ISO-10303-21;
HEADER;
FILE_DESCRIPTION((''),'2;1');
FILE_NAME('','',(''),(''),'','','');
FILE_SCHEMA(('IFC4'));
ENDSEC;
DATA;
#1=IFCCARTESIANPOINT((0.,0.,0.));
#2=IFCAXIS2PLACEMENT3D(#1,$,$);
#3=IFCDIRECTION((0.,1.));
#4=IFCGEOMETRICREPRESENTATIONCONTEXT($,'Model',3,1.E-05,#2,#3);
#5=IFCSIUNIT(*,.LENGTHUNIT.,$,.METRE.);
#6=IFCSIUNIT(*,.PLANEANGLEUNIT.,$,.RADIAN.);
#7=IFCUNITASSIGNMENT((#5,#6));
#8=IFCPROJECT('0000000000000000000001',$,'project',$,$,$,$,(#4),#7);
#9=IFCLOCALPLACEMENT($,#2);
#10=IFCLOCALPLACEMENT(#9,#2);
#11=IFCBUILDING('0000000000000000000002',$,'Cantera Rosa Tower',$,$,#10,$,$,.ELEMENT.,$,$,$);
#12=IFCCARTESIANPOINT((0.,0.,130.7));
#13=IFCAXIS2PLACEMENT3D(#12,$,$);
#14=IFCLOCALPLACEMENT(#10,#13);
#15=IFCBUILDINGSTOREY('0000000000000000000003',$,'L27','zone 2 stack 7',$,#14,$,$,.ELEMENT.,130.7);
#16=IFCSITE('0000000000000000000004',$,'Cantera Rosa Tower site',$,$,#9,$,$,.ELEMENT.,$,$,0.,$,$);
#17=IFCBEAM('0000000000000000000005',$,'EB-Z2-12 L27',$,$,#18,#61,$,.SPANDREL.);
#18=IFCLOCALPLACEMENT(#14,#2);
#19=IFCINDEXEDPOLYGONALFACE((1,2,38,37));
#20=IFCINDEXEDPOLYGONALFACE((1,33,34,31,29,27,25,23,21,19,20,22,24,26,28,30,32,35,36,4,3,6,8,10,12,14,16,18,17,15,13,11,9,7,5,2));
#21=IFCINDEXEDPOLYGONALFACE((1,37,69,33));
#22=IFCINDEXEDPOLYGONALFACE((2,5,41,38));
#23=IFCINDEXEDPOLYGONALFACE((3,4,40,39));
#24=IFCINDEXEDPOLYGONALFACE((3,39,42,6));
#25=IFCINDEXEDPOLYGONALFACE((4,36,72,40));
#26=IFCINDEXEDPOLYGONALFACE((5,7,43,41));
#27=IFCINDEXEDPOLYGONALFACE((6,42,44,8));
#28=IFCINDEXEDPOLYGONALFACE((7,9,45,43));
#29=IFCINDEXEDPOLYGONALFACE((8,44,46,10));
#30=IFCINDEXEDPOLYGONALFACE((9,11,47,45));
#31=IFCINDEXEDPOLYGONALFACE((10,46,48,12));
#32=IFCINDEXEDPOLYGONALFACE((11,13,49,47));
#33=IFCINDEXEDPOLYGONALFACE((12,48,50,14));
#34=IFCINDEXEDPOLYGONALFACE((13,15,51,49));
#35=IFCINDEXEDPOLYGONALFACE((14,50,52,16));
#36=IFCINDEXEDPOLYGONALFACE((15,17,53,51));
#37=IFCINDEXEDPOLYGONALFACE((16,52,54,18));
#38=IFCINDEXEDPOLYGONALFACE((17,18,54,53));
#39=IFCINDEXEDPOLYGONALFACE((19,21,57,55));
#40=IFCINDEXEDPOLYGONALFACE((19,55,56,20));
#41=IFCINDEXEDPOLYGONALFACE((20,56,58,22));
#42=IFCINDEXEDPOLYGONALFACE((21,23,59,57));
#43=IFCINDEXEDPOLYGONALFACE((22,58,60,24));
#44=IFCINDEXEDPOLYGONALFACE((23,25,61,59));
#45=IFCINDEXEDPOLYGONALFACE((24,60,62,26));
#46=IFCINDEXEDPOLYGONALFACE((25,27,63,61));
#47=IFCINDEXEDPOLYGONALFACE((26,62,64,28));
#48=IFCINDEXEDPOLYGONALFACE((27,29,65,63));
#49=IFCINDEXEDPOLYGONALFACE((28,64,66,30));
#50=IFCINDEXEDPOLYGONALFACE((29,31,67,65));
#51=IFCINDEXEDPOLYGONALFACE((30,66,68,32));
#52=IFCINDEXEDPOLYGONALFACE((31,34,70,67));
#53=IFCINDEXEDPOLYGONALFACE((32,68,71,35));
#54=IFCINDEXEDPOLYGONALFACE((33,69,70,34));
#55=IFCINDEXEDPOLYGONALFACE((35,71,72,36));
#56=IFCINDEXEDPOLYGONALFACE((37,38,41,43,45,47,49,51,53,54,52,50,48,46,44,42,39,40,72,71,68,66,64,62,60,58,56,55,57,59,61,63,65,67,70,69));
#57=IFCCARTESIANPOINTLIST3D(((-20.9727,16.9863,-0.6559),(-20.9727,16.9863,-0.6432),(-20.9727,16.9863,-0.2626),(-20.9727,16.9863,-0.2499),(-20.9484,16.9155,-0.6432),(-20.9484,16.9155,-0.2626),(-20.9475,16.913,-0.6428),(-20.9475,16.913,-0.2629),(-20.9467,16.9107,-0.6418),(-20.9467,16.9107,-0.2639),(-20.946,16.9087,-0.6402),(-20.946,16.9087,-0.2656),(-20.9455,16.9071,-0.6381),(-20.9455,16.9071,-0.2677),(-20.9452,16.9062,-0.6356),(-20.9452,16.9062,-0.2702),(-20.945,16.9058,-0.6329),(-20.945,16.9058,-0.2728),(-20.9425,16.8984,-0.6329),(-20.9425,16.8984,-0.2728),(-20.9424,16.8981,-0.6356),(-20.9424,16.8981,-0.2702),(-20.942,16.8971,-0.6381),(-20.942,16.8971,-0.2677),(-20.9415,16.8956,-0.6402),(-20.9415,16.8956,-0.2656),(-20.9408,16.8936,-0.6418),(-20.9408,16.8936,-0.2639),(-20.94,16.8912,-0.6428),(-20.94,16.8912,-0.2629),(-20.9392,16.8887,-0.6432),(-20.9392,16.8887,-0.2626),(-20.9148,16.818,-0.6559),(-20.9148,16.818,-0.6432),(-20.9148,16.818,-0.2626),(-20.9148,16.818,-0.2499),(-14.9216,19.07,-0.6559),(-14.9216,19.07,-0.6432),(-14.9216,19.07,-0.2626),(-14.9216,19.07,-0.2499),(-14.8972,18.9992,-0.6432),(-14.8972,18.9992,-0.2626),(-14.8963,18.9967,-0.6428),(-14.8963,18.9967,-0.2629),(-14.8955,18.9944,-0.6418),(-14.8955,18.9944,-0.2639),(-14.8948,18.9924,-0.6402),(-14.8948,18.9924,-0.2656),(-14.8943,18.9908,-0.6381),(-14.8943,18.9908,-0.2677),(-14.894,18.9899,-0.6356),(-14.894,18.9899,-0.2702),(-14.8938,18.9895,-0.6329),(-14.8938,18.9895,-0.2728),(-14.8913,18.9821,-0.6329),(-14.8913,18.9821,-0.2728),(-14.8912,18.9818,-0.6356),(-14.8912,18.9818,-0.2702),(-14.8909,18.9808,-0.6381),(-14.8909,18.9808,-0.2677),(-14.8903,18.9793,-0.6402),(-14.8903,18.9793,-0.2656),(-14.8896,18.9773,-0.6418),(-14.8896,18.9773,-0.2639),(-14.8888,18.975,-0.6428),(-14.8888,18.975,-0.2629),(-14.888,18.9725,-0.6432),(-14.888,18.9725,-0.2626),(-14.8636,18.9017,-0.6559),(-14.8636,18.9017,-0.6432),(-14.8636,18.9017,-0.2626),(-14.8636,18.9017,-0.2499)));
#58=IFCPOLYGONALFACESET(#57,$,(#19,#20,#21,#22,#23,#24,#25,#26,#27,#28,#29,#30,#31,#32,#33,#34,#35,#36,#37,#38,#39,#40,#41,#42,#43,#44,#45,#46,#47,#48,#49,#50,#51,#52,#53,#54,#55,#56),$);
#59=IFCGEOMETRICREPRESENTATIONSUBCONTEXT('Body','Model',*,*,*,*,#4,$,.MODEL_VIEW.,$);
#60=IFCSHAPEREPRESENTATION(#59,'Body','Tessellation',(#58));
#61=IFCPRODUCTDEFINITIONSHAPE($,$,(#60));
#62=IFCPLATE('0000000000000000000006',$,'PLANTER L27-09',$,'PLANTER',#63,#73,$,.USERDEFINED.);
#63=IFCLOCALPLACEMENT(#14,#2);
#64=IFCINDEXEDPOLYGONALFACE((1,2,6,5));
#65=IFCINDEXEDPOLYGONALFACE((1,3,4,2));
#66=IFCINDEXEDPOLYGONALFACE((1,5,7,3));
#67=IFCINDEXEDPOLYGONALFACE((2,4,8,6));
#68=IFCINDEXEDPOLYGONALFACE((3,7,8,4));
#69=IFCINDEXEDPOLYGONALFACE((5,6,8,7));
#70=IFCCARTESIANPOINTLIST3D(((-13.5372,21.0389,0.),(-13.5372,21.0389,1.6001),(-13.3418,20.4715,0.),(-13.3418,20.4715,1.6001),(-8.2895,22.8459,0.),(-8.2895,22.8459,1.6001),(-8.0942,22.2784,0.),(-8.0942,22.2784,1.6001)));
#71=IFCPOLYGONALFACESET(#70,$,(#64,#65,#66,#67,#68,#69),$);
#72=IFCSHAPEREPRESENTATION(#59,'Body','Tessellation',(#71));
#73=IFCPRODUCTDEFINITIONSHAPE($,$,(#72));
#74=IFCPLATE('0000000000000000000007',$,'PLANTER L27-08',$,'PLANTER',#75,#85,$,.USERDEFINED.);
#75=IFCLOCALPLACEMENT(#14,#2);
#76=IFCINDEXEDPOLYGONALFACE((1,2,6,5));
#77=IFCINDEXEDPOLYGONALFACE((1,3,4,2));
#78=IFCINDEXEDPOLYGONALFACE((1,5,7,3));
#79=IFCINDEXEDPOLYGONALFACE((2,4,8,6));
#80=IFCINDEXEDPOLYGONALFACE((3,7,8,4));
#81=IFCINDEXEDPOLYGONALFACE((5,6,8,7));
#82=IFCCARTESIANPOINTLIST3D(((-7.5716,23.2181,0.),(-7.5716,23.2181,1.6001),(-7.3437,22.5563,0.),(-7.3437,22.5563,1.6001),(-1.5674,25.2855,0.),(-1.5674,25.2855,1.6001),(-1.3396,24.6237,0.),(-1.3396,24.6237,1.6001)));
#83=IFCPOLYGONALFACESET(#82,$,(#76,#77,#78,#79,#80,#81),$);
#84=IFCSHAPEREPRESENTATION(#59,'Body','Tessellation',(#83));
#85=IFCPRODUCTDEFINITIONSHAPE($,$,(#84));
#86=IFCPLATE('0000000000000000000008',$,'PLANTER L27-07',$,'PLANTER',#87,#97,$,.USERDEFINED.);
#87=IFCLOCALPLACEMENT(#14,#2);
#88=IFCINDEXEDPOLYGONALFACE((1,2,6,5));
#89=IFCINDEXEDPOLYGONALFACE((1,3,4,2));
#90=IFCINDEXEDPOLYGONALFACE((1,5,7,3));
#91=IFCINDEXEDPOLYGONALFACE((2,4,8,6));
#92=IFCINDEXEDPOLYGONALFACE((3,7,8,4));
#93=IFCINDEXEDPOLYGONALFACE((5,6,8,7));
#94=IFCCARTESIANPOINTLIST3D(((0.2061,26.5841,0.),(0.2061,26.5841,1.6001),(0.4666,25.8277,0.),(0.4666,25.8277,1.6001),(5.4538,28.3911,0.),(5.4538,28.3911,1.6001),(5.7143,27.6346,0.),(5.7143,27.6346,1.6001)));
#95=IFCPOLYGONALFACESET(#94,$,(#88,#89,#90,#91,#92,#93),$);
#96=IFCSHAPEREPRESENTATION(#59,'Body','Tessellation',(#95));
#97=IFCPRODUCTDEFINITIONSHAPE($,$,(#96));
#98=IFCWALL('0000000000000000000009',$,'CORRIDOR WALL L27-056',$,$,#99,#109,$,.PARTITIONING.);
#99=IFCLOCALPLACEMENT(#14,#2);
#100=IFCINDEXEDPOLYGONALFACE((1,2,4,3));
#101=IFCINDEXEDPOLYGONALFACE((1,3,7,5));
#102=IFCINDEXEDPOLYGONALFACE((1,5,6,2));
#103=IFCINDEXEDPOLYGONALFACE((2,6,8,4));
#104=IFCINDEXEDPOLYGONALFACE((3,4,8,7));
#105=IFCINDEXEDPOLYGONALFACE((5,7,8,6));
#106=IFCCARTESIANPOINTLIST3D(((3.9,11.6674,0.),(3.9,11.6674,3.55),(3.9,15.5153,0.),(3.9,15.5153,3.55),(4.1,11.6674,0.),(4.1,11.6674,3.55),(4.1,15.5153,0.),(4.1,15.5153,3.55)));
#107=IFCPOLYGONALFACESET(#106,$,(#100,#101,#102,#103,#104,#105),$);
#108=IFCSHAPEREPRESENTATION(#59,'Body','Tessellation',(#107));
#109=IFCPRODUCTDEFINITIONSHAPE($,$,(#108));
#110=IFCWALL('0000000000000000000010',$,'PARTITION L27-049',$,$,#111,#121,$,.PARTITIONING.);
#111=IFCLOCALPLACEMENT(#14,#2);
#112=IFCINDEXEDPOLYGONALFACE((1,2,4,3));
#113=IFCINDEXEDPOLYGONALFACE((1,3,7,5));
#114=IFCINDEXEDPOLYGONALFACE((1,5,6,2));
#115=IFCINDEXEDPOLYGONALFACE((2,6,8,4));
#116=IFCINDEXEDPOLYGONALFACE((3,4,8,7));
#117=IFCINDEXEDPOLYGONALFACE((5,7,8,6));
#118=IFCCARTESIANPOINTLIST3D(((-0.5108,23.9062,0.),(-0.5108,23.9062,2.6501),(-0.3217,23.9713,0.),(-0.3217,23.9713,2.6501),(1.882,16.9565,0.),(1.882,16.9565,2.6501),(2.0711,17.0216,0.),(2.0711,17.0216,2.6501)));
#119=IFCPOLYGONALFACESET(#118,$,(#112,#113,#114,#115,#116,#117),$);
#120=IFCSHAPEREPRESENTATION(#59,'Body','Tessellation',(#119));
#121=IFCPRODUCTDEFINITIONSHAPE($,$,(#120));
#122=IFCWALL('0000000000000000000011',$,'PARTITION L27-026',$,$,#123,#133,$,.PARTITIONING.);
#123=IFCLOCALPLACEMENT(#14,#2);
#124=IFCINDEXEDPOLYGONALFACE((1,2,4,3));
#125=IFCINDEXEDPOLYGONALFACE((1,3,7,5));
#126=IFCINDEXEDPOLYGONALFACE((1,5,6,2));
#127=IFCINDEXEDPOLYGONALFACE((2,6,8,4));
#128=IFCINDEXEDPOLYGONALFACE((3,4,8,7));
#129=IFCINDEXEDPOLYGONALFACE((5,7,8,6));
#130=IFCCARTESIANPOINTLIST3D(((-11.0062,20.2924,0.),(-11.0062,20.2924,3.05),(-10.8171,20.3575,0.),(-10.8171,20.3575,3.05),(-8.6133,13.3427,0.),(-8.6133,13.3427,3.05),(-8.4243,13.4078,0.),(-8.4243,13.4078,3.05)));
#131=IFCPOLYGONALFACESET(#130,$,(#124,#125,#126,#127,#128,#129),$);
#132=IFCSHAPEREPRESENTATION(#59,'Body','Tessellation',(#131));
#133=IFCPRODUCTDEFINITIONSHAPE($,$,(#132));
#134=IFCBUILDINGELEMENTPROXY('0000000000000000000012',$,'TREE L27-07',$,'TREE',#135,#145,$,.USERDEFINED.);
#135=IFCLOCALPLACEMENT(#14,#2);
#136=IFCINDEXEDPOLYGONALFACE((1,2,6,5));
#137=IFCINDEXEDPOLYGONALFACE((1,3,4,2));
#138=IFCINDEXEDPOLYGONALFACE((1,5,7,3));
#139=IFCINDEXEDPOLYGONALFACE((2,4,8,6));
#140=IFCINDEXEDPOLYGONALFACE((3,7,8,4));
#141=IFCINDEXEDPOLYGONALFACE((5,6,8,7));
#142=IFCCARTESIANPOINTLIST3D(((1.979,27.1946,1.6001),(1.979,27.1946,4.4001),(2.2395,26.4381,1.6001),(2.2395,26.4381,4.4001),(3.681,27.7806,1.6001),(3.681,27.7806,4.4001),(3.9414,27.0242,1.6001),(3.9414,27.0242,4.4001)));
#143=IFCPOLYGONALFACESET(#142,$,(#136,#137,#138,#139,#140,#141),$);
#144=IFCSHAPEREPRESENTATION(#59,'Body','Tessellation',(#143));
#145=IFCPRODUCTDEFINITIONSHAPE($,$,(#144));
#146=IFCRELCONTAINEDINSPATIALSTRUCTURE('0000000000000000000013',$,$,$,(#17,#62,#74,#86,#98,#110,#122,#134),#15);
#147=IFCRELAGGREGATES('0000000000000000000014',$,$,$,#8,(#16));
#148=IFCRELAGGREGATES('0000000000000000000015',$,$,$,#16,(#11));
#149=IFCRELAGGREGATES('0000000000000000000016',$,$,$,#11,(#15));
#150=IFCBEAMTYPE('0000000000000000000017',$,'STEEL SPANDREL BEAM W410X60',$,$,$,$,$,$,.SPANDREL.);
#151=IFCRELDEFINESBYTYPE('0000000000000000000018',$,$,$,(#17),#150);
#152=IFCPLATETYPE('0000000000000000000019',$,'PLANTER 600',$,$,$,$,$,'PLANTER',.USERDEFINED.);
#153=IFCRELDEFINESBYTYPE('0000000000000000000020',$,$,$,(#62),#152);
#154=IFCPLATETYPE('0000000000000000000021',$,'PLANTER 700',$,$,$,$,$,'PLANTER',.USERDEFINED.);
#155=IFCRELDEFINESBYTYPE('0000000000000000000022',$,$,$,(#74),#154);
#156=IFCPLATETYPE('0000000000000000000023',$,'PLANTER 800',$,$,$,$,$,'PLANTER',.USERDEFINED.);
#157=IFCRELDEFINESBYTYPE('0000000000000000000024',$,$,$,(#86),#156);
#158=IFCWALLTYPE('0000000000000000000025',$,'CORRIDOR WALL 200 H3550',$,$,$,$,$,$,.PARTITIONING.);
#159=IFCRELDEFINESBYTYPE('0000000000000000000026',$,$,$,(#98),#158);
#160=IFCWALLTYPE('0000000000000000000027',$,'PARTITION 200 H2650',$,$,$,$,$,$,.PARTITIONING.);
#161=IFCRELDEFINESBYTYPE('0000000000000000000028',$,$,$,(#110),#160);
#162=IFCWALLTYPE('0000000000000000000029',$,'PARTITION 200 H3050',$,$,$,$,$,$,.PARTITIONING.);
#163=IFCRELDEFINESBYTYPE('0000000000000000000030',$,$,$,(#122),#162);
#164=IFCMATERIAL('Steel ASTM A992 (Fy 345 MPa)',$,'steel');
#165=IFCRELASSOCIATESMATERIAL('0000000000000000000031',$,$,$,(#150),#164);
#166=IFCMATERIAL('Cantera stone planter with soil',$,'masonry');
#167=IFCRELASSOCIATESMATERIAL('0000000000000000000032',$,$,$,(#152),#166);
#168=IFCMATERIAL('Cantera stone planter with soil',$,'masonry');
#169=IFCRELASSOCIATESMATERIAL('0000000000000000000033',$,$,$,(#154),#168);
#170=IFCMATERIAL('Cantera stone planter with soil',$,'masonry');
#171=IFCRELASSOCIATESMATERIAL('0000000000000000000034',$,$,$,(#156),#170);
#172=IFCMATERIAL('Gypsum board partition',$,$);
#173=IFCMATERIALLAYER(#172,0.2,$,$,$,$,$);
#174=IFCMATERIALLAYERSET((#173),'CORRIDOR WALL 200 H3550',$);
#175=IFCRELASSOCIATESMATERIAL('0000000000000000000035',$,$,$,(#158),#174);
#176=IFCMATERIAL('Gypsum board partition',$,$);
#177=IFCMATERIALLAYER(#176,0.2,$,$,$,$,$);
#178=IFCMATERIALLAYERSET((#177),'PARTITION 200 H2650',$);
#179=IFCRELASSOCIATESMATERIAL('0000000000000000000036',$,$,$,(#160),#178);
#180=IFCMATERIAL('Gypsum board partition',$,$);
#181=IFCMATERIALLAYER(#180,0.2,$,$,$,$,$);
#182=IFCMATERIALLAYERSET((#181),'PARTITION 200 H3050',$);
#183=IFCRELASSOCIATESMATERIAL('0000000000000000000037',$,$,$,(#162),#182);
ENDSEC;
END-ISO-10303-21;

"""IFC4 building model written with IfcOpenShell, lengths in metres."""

from ifc_helpers import new_model, si_unit, direction, frame, frame_2d, origin, origin_2d, place, context, subcontext, project, spatial, rectangle, i_section, extrude, material, layer, layer_set, material_profile, profile_set, type_object, element, save


model = new_model("IFC4")

# Units and contexts
model_context = context("Model", 3, precision=1e-05, world=origin(), true_north=direction((0.0, 1.0)))
body_context = subcontext(model_context, "Body", "Model", "MODEL_VIEW")
ifc_project = project(units=[si_unit("LENGTHUNIT", "METRE"), si_unit("PLANEANGLEUNIT", "RADIAN")], contexts=[model_context])

# Site, building, storey
site_placement = place(None, origin())
site = spatial("IfcSite", under=ifc_project, at=site_placement, Name="Cantera Rosa Tower site", CompositionType="ELEMENT", RefElevation=0.0)
building_placement = place(site_placement, origin())
building = spatial("IfcBuilding", under=site, at=building_placement, Name="Cantera Rosa Tower", CompositionType="ELEMENT")
storey_placement = place(building_placement, frame((0.0, 0.0, 130.7)))
storey = spatial("IfcBuildingStorey", under=building, at=storey_placement, Name="L27", Description="zone 2 stack 7", CompositionType="ELEMENT", Elevation=130.7)

# Beam
ifc_material_1 = material(Name="Steel ASTM A992 (Fy 345 MPa)", Category="steel")
ifc_material_profile_1 = material_profile(ifc_material_1, i_section(OverallWidth=0.178, OverallDepth=0.406, WebThickness=0.0078, FlangeThickness=0.0127, FilletRadius=0.0103, at=origin_2d()), Name="W410X60")
ifc_profile_set_1 = profile_set([ifc_material_profile_1], Name="Steel ASTM A992 (Fy 345 MPa)")
beam_type_1 = type_object("IfcBeamType", Name="STEEL SPANDREL BEAM W410X60", PredefinedType="SPANDREL", material=ifc_profile_set_1)
for number, where, z_axis, x_axis, name in (
    (1, (-14.8926, 18.9858, -0.4529), (-0.945513, -0.325585, 0.0), (0.325585, -0.945513, 0.0), "EB-Z2-12 L27"),
):
    element("IfcBeam", number, at=place(storey_placement, frame(where, z_axis=z_axis, x_axis=x_axis)), inside=storey, type_object=beam_type_1, Name=name, PredefinedType="SPANDREL", context=body_context, shape_type="SweptSolid", body=[
        extrude(i_section(OverallWidth=0.178, OverallDepth=0.406, WebThickness=0.0078, FlangeThickness=0.0127, FilletRadius=0.0103, at=origin_2d()), origin(), (0.0, 0.0, 1.0), 6.3999),
    ])

# Plates
ifc_material_2 = material(Name="Cantera stone planter with soil", Category="masonry")
plate_type_1 = type_object("IfcPlateType", Name="PLANTER 600", ElementType="PLANTER", PredefinedType="USERDEFINED", material=ifc_material_2)
plate_1_placement = place(storey_placement, frame((-10.8157, 21.6587, 0.0), z_axis=(0.0, 0.0, 1.0), x_axis=(-0.945519, -0.325568, 0.0)))
element("IfcPlate", 2, at=plate_1_placement, inside=storey, type_object=plate_type_1, Name="PLANTER L27-09", ObjectType="PLANTER", PredefinedType="USERDEFINED", context=body_context, shape_type="SweptSolid", body=[
    extrude(rectangle(XDim=5.55, YDim=0.6001, at=origin_2d()), origin(), (0.0, 0.0, 1.0), 1.6001),
])
ifc_material_3 = material(Name="Cantera stone planter with soil", Category="masonry")
plate_type_2 = type_object("IfcPlateType", Name="PLANTER 700", ElementType="PLANTER", PredefinedType="USERDEFINED", material=ifc_material_3)
plate_2_placement = place(storey_placement, frame((-4.4556, 23.9209, 0.0), z_axis=(0.0, 0.0, 1.0), x_axis=(-0.945519, -0.325568, 0.0)))
element("IfcPlate", 3, at=plate_2_placement, inside=storey, type_object=plate_type_2, Name="PLANTER L27-08", ObjectType="PLANTER", PredefinedType="USERDEFINED", context=body_context, shape_type="SweptSolid", body=[
    extrude(rectangle(XDim=6.3501, YDim=0.7, at=origin_2d()), origin(), (0.0, 0.0, 1.0), 1.6001),
])
ifc_material_4 = material(Name="Cantera stone planter with soil", Category="masonry")
plate_type_3 = type_object("IfcPlateType", Name="PLANTER 800", ElementType="PLANTER", PredefinedType="USERDEFINED", material=ifc_material_4)
plate_3_placement = place(storey_placement, frame((2.9602, 27.1094, 0.0), z_axis=(0.0, 0.0, 1.0), x_axis=(-0.945519, -0.325568, 0.0)))
element("IfcPlate", 4, at=plate_3_placement, inside=storey, type_object=plate_type_3, Name="PLANTER L27-07", ObjectType="PLANTER", PredefinedType="USERDEFINED", context=body_context, shape_type="SweptSolid", body=[
    extrude(rectangle(XDim=5.55, YDim=0.8, at=origin_2d()), origin(), (0.0, 0.0, 1.0), 1.6001),
])

# Wall
ifc_material_5 = material(Name="Gypsum board partition")
ifc_layer_1 = layer(ifc_material_5, 0.2)
ifc_layer_set_1 = layer_set([ifc_layer_1], Name="CORRIDOR WALL 200 H3550")
wall_type_1 = type_object("IfcWallType", Name="CORRIDOR WALL 200 H3550", PredefinedType="PARTITIONING", material=ifc_layer_set_1)
wall_1_placement = place(storey_placement, frame((4.0, 15.5151, 0.0), z_axis=(0.0, 0.0, 1.0), x_axis=(0.0, -1.0, 0.0)))
element("IfcWall", 5, at=wall_1_placement, inside=storey, type_object=wall_type_1, Name="CORRIDOR WALL L27-056", PredefinedType="PARTITIONING", context=body_context, shape_type="SweptSolid", body=[
    extrude(rectangle(XDim=3.8479, YDim=0.2, at=frame_2d((1.9238, 0.0))), origin(), (0.0, 0.0, 1.0), 3.55),
])

# Walls
ifc_material_6 = material(Name="Gypsum board partition")
ifc_layer_2 = layer(ifc_material_6, 0.2)
ifc_layer_set_2 = layer_set([ifc_layer_2], Name="PARTITION 200 H2650")
wall_type_2 = type_object("IfcWallType", Name="PARTITION 200 H2650", PredefinedType="PARTITIONING", material=ifc_layer_set_2)
wall_2_placement = place(storey_placement, frame((1.9766, 16.989, 0.0), z_axis=(0.0, 0.0, 1.0), x_axis=(-0.325549, 0.945525, 0.0)))
element("IfcWall", 6, at=wall_2_placement, inside=storey, type_object=wall_type_2, Name="PARTITION L27-049", PredefinedType="PARTITIONING", context=body_context, shape_type="SweptSolid", body=[
    extrude(rectangle(XDim=7.3501, YDim=0.2, at=frame_2d((3.675, 0.0))), origin(), (0.0, 0.0, 1.0), 2.6501),
])
ifc_material_7 = material(Name="Gypsum board partition")
ifc_layer_3 = layer(ifc_material_7, 0.2)
ifc_layer_set_3 = layer_set([ifc_layer_3], Name="PARTITION 200 H3050")
wall_type_3 = type_object("IfcWallType", Name="PARTITION 200 H3050", PredefinedType="PARTITIONING", material=ifc_layer_set_3)
wall_3_placement = place(storey_placement, frame((-10.9116, 20.325, 0.0), z_axis=(0.0, 0.0, 1.0), x_axis=(0.325549, -0.945525, 0.0)))
element("IfcWall", 7, at=wall_3_placement, inside=storey, type_object=wall_type_3, Name="PARTITION L27-026", PredefinedType="PARTITIONING", context=body_context, shape_type="SweptSolid", body=[
    extrude(rectangle(XDim=7.3501, YDim=0.2, at=frame_2d((3.675, 0.0))), origin(), (0.0, 0.0, 1.0), 3.05),
])

# Building element proxy
proxy_placement = place(storey_placement, frame((2.9602, 27.1094, 1.6001), z_axis=(0.0, 0.0, 1.0), x_axis=(-0.945519, -0.325568, 0.0)))
element("IfcBuildingElementProxy", 8, at=proxy_placement, inside=storey, Name="TREE L27-07", ObjectType="TREE", PredefinedType="USERDEFINED", context=body_context, shape_type="SweptSolid", body=[
    extrude(rectangle(XDim=1.8, YDim=0.8, at=origin_2d()), origin(), (0.0, 0.0, 1.0), 2.8),
])

save(model, "model.ifc")
